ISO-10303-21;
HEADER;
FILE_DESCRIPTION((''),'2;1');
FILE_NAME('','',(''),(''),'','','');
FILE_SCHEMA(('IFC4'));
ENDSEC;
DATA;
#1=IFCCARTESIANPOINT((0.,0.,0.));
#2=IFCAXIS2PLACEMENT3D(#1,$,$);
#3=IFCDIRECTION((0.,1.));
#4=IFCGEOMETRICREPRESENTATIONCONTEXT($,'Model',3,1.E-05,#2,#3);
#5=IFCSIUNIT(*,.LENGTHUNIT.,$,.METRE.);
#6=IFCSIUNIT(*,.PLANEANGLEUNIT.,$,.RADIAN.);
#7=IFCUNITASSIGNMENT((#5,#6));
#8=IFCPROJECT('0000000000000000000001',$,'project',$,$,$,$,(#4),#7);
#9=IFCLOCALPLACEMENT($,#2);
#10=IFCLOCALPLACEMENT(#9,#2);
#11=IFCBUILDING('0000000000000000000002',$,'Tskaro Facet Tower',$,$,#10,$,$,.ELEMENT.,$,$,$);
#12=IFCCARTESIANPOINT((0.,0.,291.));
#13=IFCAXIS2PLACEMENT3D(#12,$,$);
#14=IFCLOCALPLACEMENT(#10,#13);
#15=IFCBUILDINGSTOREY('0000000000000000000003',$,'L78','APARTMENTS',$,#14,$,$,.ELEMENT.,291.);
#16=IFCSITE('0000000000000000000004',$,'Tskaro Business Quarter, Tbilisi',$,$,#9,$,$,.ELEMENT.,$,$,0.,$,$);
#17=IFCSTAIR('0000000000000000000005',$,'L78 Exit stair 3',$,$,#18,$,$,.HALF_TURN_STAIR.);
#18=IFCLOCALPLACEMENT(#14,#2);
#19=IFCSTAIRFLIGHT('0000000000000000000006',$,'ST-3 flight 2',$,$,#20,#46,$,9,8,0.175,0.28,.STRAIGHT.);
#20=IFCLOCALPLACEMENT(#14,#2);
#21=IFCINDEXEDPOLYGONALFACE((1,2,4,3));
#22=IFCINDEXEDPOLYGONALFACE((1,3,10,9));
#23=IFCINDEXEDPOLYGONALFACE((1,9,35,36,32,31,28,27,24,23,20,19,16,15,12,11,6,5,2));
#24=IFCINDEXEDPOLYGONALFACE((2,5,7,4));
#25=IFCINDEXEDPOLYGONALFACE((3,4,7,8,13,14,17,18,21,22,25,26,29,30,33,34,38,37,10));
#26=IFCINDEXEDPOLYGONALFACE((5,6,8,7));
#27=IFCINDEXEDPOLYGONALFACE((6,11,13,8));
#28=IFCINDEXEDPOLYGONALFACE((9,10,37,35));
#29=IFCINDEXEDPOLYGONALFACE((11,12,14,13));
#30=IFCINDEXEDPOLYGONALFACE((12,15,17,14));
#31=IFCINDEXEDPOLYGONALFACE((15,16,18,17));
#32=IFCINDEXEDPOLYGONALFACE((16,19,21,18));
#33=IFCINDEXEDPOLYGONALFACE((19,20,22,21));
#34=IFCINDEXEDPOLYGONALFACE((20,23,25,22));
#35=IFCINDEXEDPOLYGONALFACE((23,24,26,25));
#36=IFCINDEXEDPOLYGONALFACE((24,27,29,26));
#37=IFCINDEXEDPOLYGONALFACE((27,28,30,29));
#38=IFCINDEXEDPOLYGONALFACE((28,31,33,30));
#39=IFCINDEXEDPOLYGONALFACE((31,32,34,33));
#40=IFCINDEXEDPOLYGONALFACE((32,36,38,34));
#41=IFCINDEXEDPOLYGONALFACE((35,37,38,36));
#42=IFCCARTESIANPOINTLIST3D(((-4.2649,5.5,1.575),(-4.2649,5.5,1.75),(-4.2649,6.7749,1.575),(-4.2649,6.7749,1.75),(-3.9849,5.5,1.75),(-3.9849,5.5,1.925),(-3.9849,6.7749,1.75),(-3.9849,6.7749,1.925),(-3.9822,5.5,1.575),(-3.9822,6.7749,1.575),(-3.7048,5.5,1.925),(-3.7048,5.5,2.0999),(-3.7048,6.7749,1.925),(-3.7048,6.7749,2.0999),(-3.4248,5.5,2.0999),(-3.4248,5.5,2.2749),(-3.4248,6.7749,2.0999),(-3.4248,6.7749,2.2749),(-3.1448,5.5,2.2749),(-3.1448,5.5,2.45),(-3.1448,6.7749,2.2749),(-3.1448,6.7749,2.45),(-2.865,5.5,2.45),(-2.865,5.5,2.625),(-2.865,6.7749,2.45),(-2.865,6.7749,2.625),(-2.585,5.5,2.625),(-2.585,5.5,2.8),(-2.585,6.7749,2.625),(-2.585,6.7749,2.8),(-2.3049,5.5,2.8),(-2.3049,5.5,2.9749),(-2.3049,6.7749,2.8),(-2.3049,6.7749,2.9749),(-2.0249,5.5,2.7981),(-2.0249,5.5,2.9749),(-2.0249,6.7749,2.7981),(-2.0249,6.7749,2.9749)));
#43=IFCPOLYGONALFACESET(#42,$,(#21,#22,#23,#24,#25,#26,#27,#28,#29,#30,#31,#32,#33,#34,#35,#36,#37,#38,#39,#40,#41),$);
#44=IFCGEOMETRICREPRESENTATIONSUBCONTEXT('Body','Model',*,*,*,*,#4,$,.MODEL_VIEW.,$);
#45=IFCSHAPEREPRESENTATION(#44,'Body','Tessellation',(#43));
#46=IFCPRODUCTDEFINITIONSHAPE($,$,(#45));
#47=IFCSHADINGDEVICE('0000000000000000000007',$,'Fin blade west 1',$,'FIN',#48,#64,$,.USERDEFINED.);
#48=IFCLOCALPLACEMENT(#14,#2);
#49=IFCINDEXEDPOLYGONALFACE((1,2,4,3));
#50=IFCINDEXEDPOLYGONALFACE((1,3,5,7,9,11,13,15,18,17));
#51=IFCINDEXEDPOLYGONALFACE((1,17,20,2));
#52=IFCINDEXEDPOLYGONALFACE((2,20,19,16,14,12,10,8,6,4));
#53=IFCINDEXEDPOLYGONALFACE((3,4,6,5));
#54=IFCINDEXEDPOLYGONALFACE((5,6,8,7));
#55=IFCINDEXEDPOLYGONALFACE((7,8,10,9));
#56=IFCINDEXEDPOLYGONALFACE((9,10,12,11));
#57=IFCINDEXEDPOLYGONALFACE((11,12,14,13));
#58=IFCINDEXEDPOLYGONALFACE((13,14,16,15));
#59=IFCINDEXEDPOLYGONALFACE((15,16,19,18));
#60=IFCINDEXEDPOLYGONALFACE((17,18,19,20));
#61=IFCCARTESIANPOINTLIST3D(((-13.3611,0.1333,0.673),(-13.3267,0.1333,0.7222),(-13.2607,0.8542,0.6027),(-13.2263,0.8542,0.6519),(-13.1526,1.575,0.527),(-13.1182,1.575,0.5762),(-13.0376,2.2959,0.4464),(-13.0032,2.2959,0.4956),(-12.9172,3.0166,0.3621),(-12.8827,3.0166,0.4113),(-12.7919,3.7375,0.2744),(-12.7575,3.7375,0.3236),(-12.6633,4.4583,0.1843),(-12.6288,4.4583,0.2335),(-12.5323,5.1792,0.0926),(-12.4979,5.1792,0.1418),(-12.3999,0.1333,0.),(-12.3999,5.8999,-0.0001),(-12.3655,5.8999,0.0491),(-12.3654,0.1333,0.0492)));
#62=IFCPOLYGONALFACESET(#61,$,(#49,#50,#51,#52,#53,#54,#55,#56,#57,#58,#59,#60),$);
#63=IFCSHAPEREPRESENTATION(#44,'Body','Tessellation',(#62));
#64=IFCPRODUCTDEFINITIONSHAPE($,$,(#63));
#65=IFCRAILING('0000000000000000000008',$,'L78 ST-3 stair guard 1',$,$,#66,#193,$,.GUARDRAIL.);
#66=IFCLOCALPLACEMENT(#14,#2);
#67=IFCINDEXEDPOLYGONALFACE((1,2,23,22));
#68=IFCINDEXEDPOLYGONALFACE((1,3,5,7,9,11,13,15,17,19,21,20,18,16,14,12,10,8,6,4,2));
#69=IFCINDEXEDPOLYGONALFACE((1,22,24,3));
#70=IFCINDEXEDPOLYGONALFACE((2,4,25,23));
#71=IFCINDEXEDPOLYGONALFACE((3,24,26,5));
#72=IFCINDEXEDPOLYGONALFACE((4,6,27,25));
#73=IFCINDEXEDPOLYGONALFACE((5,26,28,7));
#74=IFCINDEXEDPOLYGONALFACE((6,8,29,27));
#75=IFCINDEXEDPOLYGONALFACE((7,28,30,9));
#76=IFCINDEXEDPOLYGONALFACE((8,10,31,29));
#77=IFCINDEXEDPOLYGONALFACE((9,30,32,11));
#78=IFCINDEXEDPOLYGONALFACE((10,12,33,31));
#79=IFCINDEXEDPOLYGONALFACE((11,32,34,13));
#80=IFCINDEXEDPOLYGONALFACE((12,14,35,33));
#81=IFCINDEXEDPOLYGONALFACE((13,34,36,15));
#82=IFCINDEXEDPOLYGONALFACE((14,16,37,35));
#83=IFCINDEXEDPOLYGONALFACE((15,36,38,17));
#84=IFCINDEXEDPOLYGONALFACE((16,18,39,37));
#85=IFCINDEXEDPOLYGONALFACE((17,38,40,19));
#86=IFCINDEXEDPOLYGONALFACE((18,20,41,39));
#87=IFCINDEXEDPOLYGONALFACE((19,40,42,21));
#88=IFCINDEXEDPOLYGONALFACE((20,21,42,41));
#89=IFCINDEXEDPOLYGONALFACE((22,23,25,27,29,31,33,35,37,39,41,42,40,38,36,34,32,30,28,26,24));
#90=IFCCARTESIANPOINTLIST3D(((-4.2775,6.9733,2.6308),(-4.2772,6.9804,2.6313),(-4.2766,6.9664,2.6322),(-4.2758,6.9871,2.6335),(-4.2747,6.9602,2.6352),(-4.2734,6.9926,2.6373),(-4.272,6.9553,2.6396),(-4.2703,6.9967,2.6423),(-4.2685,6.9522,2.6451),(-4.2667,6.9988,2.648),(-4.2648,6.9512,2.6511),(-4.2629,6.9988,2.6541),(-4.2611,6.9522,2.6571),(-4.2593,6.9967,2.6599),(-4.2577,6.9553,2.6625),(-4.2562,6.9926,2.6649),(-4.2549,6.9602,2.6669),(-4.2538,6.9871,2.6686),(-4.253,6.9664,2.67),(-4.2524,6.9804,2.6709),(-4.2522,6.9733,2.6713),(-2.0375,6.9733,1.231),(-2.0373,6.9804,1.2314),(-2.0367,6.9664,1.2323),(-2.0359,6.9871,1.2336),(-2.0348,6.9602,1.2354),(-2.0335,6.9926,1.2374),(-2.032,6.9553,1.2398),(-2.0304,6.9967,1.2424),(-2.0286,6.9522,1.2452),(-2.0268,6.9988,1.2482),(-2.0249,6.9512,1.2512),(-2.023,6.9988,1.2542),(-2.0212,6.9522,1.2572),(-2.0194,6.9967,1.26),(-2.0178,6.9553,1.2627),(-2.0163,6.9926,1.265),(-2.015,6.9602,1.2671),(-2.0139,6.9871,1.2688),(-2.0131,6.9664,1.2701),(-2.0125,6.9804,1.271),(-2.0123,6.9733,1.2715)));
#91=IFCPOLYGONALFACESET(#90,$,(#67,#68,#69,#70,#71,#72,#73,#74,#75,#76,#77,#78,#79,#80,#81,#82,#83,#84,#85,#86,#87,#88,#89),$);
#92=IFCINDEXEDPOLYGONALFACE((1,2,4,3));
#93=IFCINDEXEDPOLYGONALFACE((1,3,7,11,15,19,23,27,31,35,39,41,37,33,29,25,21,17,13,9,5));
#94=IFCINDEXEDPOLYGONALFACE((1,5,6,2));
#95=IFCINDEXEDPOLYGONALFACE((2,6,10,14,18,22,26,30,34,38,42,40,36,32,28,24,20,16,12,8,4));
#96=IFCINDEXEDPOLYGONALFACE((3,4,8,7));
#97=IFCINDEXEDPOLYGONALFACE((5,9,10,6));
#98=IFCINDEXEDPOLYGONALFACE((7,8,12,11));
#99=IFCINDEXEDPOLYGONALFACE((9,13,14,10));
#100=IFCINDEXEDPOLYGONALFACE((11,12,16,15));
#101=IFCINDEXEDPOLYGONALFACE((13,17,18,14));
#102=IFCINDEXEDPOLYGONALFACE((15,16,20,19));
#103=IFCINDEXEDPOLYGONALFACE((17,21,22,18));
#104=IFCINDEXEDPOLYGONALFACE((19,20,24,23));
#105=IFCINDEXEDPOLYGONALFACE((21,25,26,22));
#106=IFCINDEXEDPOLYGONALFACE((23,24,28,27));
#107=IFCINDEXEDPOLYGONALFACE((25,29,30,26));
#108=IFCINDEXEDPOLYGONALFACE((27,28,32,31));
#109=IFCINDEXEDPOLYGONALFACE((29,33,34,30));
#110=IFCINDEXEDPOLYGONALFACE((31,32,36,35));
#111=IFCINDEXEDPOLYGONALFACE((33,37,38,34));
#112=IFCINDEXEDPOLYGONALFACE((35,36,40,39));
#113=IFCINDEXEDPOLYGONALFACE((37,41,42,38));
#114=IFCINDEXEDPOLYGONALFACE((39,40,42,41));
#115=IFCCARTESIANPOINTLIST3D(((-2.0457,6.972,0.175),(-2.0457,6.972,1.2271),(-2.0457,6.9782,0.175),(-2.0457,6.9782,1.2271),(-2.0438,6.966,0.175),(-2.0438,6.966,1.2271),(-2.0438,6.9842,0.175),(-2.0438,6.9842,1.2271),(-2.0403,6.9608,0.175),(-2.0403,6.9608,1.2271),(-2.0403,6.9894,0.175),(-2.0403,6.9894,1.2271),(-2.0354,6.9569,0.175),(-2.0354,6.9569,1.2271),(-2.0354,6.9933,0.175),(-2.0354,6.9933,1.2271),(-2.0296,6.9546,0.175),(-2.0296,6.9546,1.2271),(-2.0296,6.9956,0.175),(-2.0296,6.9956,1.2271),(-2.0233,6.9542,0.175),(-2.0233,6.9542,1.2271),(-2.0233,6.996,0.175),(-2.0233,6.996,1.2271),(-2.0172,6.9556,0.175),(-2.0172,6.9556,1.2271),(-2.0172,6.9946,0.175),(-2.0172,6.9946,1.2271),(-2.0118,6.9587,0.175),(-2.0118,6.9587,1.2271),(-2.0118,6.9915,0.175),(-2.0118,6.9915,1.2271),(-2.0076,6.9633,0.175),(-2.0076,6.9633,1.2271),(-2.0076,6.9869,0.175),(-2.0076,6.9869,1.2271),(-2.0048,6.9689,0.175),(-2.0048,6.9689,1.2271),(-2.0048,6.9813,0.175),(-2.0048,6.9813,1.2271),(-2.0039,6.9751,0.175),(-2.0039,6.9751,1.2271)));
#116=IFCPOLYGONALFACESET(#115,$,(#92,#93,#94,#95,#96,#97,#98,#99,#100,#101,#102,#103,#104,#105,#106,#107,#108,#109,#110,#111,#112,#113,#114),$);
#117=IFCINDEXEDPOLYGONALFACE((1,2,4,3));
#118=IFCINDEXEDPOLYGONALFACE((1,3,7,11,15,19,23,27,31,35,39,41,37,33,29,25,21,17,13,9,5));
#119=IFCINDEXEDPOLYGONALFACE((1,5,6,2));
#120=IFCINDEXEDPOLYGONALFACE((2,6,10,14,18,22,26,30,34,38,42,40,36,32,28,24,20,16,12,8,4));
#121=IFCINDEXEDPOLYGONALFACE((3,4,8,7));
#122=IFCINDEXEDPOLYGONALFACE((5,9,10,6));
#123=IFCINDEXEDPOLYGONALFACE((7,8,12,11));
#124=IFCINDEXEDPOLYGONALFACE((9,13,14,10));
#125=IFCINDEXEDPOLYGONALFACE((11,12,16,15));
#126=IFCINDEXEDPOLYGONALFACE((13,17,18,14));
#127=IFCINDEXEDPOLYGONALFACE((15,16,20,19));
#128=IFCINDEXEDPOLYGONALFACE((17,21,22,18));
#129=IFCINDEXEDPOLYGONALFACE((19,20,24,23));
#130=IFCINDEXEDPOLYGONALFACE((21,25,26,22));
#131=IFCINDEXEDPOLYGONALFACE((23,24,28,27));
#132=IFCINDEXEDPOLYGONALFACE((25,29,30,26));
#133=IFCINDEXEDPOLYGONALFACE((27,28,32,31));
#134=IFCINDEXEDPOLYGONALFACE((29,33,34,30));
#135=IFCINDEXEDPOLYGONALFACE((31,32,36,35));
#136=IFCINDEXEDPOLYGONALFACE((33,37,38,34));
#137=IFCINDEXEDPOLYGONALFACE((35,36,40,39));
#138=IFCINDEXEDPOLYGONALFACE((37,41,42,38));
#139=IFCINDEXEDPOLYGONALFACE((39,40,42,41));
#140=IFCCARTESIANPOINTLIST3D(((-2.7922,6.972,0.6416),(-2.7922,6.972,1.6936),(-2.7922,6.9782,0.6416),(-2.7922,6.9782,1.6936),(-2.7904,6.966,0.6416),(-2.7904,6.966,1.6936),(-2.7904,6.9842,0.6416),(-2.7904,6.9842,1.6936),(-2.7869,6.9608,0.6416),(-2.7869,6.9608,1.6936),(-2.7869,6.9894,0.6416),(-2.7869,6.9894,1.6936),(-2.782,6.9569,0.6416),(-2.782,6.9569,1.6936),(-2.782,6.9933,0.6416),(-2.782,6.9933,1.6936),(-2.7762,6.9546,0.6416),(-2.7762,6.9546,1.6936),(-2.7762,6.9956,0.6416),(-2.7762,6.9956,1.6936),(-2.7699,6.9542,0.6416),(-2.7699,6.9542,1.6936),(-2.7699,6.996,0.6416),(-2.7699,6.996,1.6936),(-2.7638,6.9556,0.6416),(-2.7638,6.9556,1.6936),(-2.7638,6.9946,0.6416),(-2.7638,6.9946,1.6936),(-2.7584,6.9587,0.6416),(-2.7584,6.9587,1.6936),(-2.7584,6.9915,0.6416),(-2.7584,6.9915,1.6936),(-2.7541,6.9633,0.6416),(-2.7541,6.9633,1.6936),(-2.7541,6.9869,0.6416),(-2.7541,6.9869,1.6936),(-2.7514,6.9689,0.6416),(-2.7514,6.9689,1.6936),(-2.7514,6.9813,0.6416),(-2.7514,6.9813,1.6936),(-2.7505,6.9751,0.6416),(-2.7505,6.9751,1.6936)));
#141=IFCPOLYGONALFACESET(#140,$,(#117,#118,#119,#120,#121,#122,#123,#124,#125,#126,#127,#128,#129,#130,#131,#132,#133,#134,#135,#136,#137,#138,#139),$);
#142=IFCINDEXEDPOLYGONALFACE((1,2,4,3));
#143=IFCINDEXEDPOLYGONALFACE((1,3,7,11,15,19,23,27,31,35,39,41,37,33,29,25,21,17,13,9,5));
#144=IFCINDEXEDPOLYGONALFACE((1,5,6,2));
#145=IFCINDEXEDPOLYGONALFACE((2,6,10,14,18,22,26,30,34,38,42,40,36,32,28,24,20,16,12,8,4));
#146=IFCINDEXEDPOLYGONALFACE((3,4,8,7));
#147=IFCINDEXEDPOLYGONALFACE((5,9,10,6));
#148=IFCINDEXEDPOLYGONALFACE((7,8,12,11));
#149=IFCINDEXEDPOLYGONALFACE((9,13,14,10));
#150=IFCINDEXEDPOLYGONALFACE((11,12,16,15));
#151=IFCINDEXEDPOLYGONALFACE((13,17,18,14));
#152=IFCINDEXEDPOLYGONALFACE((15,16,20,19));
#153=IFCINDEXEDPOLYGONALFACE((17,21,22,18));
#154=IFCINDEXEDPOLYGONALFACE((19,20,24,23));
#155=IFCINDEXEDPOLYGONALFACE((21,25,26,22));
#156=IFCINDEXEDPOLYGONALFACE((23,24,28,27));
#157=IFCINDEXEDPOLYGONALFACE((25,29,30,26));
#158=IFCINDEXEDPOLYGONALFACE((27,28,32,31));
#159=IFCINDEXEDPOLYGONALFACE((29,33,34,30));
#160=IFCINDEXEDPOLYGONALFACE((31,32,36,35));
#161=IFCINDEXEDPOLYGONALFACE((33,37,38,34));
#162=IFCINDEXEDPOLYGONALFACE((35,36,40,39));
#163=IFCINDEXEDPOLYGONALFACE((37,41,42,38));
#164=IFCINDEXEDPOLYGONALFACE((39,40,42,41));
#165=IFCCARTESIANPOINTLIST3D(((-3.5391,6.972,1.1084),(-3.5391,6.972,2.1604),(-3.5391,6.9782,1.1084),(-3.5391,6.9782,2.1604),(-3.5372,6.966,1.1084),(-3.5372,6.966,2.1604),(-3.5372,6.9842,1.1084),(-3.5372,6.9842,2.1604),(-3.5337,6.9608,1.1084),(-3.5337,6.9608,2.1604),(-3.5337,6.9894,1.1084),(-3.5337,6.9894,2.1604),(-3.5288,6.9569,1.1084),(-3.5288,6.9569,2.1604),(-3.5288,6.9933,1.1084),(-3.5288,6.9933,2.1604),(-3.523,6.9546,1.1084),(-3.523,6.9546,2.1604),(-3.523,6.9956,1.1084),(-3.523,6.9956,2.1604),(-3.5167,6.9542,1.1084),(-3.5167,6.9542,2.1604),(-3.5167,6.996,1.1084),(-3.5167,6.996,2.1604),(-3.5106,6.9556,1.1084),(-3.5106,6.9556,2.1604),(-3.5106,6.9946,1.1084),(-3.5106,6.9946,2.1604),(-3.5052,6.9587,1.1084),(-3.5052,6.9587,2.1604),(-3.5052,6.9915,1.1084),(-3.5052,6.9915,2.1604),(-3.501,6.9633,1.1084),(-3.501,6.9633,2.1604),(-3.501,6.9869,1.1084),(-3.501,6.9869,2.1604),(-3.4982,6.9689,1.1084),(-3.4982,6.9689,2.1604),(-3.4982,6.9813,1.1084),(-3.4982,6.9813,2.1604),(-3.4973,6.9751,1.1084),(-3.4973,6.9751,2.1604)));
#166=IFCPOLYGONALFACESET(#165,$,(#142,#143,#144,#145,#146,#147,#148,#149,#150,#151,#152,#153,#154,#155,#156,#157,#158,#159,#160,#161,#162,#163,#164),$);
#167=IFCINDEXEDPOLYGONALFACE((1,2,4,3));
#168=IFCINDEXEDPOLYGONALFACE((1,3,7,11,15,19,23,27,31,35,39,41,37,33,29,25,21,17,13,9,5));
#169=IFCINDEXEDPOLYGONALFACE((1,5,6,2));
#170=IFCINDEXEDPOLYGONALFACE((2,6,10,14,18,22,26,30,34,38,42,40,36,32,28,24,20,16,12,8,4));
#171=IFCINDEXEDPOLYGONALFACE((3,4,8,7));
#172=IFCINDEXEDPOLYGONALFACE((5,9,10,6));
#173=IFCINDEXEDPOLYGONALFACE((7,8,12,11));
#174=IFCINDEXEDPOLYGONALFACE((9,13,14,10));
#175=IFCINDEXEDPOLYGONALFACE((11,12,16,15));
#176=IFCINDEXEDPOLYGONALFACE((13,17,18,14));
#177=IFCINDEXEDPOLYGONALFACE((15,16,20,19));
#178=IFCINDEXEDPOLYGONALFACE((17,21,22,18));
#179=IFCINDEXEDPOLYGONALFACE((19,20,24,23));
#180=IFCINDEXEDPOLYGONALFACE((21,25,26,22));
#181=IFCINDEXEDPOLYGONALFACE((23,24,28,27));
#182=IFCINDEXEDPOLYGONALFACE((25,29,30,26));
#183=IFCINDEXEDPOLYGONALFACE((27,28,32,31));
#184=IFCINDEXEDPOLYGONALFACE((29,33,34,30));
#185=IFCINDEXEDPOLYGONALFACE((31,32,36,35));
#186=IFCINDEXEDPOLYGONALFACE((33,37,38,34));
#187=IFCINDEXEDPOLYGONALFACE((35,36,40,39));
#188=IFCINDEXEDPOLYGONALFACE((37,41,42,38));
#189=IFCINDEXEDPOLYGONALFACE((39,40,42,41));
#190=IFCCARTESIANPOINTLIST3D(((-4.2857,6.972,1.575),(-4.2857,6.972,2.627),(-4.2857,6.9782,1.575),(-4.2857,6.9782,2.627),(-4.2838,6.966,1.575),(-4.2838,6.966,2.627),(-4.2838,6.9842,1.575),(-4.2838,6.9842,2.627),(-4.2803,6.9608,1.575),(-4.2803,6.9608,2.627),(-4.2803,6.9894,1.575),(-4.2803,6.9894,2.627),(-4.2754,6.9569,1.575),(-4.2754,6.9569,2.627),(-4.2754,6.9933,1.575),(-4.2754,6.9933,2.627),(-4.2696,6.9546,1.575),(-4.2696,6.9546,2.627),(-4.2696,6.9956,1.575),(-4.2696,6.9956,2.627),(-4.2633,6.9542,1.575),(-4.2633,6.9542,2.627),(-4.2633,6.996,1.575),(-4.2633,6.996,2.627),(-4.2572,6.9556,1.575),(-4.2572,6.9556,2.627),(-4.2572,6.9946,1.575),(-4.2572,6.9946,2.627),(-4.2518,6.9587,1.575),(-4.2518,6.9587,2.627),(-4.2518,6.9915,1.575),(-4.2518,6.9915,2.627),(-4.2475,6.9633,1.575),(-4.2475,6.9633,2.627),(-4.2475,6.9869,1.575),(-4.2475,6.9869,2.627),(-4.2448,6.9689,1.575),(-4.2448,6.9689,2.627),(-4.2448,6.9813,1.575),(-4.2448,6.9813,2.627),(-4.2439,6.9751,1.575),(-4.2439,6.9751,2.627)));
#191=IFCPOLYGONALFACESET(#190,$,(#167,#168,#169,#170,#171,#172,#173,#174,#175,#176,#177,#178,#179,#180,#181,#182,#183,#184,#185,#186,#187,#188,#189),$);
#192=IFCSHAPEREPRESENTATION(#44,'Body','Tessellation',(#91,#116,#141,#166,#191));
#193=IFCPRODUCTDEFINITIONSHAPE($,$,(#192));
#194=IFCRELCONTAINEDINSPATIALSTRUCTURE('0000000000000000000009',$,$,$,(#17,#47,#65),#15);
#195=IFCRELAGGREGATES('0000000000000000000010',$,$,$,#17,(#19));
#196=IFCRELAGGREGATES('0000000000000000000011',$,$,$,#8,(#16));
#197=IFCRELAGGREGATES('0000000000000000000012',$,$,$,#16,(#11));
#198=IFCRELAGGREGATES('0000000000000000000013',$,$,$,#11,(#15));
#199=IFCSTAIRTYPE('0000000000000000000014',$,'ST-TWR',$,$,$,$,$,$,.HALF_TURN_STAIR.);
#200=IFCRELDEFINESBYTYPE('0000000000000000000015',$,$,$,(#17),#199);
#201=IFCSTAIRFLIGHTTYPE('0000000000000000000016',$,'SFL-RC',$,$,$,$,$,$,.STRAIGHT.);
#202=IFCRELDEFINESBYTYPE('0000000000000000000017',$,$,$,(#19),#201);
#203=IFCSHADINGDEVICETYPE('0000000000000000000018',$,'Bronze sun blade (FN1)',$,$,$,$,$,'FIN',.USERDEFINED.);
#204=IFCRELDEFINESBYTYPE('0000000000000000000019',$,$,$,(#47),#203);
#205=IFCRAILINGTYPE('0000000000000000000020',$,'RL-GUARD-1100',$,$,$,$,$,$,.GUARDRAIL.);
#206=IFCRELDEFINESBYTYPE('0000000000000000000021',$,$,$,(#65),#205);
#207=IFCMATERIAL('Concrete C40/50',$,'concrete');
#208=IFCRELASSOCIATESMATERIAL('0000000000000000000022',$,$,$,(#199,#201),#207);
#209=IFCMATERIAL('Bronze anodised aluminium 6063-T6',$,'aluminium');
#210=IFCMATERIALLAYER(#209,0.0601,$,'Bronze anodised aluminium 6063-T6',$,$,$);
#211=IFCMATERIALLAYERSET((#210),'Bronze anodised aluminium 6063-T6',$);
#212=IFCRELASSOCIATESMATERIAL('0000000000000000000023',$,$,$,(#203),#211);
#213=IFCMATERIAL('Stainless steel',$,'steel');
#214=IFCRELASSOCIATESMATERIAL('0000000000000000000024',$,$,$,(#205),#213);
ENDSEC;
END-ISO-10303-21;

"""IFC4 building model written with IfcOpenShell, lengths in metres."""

from ifc_helpers import new_model, si_unit, direction, frame, origin, origin_2d, place, context, subcontext, project, spatial, polyline, circle, outline, extrude, material, layer, layer_set, type_object, element, aggregate, save


model = new_model("IFC4")

# Units and contexts
model_context = context("Model", 3, precision=1e-05, world=origin(), true_north=direction((0.0, 1.0)))
body_context = subcontext(model_context, "Body", "Model", "MODEL_VIEW")
ifc_project = project(units=[si_unit("LENGTHUNIT", "METRE"), si_unit("PLANEANGLEUNIT", "RADIAN")], contexts=[model_context])

# Site, building, storey
site_placement = place(None, origin())
site = spatial("IfcSite", under=ifc_project, at=site_placement, Name="Tskaro Business Quarter, Tbilisi", CompositionType="ELEMENT", RefElevation=0.0)
building_placement = place(site_placement, origin())
building = spatial("IfcBuilding", under=site, at=building_placement, Name="Tskaro Facet Tower", CompositionType="ELEMENT")
storey_placement = place(building_placement, frame((0.0, 0.0, 291.0)))
storey = spatial("IfcBuildingStorey", under=building, at=storey_placement, Name="L78", Description="APARTMENTS", CompositionType="ELEMENT", Elevation=291.0)

# Shared definitions
ifc_material_1 = material(Name="Bronze anodised aluminium 6063-T6", Category="aluminium")

# Stair, stair flight
ifc_material_2 = material(Name="Concrete C40/50", Category="concrete")
stair_type = type_object("IfcStairType", Name="ST-TWR", PredefinedType="HALF_TURN_STAIR", material=ifc_material_2)
stair_placement = place(storey_placement, origin())
stair = element("IfcStair", 1, at=stair_placement, inside=storey, type_object=stair_type, Name="L78 Exit stair 3", PredefinedType="HALF_TURN_STAIR")
stair_flight_type = type_object("IfcStairFlightType", Name="SFL-RC", PredefinedType="STRAIGHT", material=ifc_material_2)
stair_flight_1_placement = place(storey_placement, frame((-4.2649, 6.1375, 1.575), z_axis=(0.0, 0.0, 1.0), x_axis=(1.0, 0.0, 0.0)))
stair_flight_1 = element("IfcStairFlight", 2, at=stair_flight_1_placement, type_object=stair_flight_type, Name="ST-3 flight 2", NumberOfRisers=9, NumberOfTreads=8, PredefinedType="STRAIGHT", RiserHeight=0.175, TreadLength=0.28, context=body_context, shape_type="SweptSolid", body=[
    extrude(outline(polyline([(0.0, 0.0), (0.0, 0.175), (0.28, 0.175), (0.28, 0.3501), (0.5601, 0.3501), (0.5601, 0.5249), (0.8401, 0.5249), (0.8401, 0.7), (1.1201, 0.7), (1.1201, 0.875), (1.3999, 0.875), (1.3999, 1.05), (1.6799, 1.05), (1.6799, 1.2251), (1.96, 1.2251), (1.96, 1.3999), (2.24, 1.3999), (2.24, 1.575), (2.24, 1.2231), (0.2827, 0.0), (0.0, 0.0)])), frame((0.0, 0.6375, 0.0), z_axis=(0.0, -1.0, 0.0), x_axis=(1.0, 0.0, 0.0)), (0.0, 0.0, 1.0), 1.2749),
])
aggregate(stair, [stair_flight_1])

# Shading device
ifc_layer_1 = layer(ifc_material_1, 0.0601, Name="Bronze anodised aluminium 6063-T6")
ifc_layer_set_1 = layer_set([ifc_layer_1], Name="Bronze anodised aluminium 6063-T6")
shading_device_type = type_object("IfcShadingDeviceType", Name="Bronze sun blade (FN1)", ElementType="FIN", PredefinedType="USERDEFINED", material=ifc_layer_set_1)
shading_device_placement = place(storey_placement, frame((-12.3655, 5.8999, 0.0491), z_axis=(0.57355, 0.000017, 0.81917), x_axis=(0.00001, -1.0, 0.000014)))
element("IfcShadingDevice", 3, at=shading_device_placement, inside=storey, type_object=shading_device_type, Name="Fin blade west 1", ObjectType="FIN", PredefinedType="USERDEFINED", context=body_context, shape_type="SweptSolid", body=[
    extrude(outline(polyline([(0.0, 0.0), (5.7666, 0.0), (5.7666, -1.1734), (5.0457, -1.0509), (4.325, -0.9189), (3.604, -0.7785), (2.8833, -0.6314), (2.1624, -0.4786), (1.4417, -0.3215), (0.7207, -0.1616), (0.0, 0.0)])), origin(), (0.0, 0.0, -1.0), 0.0601),
])

# Railing
ifc_material_3 = material(Name="Stainless steel", Category="steel")
railing_type_1 = type_object("IfcRailingType", Name="RL-GUARD-1100", PredefinedType="GUARDRAIL", material=ifc_material_3)
railing_1_placement = place(storey_placement, frame((-2.0249, 6.9751, 0.175)))
element("IfcRailing", 4, at=railing_1_placement, inside=storey, type_object=railing_type_1, Name="L78 ST-3 stair guard 1", PredefinedType="GUARDRAIL", context=body_context, shape_type="SweptSolid", body=[
    extrude(circle(Radius=0.0239, at=origin_2d()), frame((0.0, 0.0, 1.0762), z_axis=(-0.848014, 0.0, 0.529974), x_axis=(0.0, -1.0, 0.0)), (0.0, 0.0, 1.0), 2.6414),
    extrude(circle(Radius=0.021, at=origin_2d()), origin(), (0.0, 0.0, 1.0), 1.052),
    extrude(circle(Radius=0.021, at=origin_2d()), frame((-0.7466, 0.0, 0.4666)), (0.0, 0.0, 1.0), 1.052),
    extrude(circle(Radius=0.021, at=origin_2d()), frame((-1.4934, 0.0, 0.9333)), (0.0, 0.0, 1.0), 1.052),
    extrude(circle(Radius=0.021, at=origin_2d()), frame((-2.24, 0.0, 1.3999)), (0.0, 0.0, 1.0), 1.052),
])

save(model, "model.ifc")
